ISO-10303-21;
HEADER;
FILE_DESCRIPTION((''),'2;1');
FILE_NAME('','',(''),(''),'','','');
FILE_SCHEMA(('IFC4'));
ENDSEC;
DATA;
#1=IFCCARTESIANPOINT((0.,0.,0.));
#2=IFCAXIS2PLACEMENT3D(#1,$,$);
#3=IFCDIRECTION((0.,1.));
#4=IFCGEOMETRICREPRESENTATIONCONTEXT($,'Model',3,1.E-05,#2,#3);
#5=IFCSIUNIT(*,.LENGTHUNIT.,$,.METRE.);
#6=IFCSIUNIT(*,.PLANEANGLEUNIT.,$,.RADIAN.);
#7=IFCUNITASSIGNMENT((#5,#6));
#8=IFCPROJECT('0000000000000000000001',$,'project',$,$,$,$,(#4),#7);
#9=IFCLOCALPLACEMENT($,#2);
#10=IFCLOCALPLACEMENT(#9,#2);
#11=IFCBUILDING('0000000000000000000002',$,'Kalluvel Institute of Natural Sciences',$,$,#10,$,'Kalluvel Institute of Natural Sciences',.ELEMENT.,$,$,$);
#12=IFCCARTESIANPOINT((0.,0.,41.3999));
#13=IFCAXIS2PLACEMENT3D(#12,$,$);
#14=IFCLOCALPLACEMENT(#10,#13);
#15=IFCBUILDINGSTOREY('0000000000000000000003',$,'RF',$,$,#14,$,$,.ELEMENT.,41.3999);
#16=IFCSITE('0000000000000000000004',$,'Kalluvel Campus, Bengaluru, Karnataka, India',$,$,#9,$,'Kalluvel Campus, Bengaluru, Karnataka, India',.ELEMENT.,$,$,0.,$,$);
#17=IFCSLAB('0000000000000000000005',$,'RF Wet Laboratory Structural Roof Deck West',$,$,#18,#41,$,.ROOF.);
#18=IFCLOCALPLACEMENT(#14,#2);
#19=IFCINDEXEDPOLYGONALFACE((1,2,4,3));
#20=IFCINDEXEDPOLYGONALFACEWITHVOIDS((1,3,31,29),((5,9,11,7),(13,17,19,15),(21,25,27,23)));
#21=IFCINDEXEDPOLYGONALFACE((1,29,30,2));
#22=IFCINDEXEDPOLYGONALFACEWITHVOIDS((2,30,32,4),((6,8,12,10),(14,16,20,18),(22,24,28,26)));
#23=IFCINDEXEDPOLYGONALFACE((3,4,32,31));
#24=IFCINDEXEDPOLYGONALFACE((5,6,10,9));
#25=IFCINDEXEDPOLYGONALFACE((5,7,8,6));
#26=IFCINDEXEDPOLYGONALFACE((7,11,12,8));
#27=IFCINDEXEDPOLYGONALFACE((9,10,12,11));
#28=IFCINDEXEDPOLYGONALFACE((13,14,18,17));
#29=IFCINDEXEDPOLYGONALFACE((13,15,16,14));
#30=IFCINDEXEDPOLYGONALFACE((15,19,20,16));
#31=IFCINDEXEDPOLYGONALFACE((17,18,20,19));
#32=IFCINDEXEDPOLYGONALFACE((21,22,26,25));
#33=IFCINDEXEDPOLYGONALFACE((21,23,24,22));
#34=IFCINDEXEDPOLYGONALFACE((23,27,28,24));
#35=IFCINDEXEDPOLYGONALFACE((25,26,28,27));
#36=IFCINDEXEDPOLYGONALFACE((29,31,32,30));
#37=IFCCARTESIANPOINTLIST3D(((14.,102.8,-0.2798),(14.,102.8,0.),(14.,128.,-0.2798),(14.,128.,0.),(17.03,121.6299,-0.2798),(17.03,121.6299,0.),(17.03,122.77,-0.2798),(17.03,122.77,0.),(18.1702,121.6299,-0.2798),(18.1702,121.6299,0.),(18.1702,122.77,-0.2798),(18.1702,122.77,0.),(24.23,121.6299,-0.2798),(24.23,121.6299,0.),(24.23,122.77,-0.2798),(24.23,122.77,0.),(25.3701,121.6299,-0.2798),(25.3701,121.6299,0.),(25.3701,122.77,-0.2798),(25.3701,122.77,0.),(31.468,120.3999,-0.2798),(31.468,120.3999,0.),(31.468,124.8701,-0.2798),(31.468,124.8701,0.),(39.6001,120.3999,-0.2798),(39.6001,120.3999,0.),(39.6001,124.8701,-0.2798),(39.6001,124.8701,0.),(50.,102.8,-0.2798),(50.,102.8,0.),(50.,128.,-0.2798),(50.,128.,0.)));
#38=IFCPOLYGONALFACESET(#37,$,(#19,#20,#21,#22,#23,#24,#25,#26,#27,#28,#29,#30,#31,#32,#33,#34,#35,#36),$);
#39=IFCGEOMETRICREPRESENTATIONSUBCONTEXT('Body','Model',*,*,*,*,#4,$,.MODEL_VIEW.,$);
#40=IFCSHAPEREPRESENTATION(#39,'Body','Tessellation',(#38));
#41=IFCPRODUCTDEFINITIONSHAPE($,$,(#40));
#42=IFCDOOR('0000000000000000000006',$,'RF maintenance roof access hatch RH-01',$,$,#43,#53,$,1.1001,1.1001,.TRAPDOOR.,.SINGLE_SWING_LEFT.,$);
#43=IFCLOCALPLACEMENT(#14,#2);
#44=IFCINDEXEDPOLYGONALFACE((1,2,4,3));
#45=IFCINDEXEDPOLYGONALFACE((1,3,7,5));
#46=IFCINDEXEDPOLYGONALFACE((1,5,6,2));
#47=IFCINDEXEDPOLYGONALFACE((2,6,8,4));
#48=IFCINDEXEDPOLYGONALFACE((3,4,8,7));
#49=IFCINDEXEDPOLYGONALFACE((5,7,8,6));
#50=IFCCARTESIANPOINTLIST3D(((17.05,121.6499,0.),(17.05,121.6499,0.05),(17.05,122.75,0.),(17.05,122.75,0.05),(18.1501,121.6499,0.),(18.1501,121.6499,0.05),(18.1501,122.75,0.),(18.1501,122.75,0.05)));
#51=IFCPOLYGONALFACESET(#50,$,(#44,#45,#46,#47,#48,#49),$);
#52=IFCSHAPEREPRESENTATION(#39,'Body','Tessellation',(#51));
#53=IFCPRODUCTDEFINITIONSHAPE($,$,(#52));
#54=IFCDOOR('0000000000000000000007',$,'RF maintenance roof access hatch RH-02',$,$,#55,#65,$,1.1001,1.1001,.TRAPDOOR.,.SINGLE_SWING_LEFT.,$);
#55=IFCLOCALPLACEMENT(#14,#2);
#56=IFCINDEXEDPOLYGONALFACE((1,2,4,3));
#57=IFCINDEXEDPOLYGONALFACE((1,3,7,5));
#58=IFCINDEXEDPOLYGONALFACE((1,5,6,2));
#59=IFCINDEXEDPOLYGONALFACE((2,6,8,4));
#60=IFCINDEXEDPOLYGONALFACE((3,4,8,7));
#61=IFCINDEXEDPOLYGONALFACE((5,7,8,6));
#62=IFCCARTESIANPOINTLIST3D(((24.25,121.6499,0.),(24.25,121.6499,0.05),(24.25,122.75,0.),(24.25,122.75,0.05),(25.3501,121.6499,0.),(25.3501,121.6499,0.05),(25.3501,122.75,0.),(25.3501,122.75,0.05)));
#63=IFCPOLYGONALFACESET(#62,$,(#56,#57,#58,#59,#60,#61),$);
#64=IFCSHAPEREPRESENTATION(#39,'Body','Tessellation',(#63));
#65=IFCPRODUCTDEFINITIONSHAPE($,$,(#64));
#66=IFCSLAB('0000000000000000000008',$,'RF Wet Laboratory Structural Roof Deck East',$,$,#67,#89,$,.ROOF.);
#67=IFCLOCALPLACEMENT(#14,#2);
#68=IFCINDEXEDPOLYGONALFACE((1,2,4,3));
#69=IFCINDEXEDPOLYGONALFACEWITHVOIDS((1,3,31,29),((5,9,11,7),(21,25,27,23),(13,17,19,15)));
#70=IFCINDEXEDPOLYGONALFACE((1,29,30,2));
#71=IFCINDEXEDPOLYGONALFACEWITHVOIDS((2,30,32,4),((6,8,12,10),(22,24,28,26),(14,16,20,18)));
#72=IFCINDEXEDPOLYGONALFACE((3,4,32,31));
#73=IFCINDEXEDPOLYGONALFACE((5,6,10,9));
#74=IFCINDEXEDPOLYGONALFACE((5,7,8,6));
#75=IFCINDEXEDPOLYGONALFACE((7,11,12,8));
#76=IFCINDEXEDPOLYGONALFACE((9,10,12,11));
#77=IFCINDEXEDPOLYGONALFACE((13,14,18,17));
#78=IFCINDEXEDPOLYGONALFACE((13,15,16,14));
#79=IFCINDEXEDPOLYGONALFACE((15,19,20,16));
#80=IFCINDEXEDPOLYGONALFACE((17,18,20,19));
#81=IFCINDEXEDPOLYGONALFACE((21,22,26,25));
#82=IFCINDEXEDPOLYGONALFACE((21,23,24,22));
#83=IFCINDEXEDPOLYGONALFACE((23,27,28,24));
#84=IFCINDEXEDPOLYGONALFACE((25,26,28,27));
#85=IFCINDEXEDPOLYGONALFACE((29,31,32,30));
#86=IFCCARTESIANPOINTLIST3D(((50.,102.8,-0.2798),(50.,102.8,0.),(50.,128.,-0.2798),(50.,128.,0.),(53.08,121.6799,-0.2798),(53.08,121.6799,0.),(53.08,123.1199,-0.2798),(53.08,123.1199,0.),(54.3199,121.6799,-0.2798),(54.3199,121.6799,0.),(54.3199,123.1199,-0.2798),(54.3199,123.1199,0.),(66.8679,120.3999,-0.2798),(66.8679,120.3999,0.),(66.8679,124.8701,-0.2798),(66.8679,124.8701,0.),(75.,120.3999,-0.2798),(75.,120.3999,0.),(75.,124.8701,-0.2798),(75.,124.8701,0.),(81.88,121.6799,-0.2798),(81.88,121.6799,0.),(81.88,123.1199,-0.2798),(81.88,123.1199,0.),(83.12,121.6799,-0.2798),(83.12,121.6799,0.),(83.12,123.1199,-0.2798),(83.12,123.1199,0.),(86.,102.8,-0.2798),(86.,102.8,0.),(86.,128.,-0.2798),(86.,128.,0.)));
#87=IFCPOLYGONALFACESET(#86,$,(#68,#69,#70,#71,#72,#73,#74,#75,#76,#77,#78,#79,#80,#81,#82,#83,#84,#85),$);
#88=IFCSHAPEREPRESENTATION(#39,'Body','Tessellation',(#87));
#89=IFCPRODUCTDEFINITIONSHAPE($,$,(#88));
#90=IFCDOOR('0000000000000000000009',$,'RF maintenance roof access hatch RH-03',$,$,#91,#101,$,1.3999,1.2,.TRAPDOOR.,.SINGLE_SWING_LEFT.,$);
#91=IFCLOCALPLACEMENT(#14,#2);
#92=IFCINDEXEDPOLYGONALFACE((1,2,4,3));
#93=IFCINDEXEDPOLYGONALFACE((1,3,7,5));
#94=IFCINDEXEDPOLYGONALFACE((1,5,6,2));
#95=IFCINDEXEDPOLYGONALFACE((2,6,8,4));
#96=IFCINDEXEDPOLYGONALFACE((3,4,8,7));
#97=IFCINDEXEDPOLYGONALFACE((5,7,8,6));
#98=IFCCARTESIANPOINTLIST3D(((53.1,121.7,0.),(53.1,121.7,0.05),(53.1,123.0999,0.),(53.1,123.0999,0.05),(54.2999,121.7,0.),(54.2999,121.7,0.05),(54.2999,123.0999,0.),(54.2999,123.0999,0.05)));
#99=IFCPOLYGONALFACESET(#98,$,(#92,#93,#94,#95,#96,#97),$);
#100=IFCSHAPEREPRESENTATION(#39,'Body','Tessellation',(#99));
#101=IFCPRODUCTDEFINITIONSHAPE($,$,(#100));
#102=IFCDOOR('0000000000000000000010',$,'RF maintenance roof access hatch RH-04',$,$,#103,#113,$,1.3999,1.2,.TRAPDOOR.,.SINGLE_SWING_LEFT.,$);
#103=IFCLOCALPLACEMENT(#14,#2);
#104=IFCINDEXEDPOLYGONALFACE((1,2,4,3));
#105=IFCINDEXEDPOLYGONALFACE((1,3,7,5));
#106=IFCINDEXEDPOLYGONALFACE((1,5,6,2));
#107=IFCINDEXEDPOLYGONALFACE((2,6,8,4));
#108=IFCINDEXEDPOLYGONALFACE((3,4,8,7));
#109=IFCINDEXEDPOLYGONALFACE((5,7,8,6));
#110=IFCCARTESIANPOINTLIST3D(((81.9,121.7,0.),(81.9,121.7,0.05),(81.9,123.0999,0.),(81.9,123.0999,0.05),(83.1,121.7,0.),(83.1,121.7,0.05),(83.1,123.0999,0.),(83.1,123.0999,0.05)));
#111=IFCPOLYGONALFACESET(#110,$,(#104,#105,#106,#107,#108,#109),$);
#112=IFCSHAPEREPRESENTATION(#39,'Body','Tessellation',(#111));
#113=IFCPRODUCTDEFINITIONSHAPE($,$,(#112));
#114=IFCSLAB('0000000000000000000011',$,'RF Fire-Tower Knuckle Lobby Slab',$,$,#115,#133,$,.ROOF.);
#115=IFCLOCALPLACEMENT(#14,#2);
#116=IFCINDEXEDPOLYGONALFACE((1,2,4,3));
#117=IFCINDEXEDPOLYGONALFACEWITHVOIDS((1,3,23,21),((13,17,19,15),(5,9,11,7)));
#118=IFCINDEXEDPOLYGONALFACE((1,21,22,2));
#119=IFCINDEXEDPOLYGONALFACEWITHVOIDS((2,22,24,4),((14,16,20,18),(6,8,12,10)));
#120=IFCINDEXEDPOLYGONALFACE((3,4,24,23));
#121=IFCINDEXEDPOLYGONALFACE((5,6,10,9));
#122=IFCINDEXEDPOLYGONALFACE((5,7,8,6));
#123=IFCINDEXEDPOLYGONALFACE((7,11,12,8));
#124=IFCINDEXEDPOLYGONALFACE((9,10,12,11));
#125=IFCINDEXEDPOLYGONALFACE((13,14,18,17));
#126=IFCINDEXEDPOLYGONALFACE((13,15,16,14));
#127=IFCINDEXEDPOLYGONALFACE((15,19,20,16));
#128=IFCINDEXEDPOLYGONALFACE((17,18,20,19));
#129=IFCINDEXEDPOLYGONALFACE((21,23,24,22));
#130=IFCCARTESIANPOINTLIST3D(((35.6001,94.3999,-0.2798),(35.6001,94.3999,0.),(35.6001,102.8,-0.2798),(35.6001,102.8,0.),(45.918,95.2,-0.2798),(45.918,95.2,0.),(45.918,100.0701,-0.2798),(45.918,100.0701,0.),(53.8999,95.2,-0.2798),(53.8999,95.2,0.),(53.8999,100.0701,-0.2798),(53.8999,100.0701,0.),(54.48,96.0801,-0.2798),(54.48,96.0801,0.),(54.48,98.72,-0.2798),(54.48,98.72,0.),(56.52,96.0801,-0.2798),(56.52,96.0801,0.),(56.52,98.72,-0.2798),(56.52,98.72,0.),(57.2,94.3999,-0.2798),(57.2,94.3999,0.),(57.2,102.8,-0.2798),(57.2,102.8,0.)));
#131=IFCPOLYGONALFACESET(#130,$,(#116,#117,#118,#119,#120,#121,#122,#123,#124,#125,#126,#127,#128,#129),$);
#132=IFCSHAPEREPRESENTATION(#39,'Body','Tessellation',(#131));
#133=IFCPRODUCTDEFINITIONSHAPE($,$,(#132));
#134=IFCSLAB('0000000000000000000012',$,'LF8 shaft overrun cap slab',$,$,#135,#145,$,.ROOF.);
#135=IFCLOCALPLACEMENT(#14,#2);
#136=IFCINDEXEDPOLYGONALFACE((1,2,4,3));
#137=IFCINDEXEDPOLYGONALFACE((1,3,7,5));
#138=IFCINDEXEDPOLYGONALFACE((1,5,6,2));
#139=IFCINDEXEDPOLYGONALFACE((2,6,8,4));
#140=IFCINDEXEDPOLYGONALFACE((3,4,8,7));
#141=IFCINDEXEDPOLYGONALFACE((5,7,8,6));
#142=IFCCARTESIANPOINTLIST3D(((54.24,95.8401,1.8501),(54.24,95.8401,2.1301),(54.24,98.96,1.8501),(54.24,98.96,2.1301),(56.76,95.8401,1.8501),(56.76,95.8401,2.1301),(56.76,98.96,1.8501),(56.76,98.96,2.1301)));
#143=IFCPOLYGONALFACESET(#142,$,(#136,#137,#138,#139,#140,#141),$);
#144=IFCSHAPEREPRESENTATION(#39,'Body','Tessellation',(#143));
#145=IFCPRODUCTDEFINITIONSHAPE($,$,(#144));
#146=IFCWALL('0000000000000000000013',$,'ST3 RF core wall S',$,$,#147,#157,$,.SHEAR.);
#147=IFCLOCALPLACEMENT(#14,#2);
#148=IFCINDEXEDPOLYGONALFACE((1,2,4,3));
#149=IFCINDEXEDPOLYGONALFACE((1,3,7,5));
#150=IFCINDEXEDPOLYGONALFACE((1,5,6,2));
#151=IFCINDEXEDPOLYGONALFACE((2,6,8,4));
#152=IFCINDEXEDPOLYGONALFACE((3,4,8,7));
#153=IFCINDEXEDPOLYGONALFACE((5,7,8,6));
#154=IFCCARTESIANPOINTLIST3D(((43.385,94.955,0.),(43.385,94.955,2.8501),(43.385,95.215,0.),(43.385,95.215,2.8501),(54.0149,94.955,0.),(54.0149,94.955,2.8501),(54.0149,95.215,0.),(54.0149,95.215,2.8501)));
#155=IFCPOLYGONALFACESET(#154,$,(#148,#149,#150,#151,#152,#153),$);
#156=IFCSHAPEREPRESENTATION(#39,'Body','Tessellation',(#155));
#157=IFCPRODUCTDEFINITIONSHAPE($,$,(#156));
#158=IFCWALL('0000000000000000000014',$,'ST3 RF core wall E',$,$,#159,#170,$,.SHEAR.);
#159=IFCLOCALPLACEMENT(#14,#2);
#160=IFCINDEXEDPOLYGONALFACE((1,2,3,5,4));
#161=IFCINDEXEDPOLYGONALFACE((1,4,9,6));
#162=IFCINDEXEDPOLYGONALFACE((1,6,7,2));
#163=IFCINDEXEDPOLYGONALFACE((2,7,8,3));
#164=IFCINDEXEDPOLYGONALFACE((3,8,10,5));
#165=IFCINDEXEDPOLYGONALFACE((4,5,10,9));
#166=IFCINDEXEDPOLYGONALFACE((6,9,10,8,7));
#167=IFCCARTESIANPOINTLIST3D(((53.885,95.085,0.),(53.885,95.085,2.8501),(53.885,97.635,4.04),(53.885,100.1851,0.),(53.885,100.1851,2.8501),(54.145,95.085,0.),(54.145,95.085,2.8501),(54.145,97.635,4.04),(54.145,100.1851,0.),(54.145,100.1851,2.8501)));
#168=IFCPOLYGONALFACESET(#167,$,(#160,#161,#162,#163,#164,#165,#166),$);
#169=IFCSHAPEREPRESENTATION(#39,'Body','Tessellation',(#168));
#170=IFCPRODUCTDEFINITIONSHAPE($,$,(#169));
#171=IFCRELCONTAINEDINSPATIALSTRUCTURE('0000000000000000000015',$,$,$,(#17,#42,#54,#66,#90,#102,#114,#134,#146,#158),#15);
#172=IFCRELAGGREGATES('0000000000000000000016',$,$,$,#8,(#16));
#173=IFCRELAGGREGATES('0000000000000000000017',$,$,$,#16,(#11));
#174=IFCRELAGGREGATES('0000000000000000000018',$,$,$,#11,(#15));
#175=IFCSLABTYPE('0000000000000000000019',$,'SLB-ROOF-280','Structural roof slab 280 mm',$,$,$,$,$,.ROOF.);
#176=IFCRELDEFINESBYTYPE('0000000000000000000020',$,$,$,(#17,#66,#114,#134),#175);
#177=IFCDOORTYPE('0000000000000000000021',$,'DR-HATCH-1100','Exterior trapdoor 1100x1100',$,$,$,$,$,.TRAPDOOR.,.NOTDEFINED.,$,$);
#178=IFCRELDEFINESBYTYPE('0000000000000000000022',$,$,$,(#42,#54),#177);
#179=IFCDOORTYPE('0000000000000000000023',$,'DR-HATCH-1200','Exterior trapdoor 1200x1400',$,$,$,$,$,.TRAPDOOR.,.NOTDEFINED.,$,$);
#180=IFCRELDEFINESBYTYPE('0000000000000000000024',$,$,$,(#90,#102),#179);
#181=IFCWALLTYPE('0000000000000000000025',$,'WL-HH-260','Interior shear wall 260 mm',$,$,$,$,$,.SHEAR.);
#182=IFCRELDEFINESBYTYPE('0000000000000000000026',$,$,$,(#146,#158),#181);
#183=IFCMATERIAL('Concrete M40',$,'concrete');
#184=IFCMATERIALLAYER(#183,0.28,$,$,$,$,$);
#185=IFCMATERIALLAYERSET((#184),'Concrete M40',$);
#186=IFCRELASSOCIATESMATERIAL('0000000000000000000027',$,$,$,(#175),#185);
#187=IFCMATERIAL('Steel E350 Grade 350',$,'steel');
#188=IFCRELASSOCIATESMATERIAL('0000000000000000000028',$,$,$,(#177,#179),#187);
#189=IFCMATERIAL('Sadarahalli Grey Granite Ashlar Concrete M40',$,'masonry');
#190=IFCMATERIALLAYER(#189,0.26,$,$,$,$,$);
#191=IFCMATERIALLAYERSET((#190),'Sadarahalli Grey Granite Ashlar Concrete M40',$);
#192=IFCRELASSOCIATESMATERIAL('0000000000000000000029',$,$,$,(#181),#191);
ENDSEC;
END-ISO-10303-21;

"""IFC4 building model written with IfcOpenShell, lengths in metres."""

from ifc_helpers import new_model, si_unit, direction, frame, frame_2d, origin, origin_2d, place, context, subcontext, project, spatial, polyline, rectangle, outline, extrude, material, layer, layer_set, type_object, element, fill, save


model = new_model("IFC4")

# Units and contexts
model_context = context("Model", 3, precision=1e-05, world=origin(), true_north=direction((0.0, 1.0)))
body_context = subcontext(model_context, "Body", "Model", "MODEL_VIEW")
ifc_project = project(units=[si_unit("LENGTHUNIT", "METRE"), si_unit("PLANEANGLEUNIT", "RADIAN")], contexts=[model_context])

# Site, building, storey
site_placement = place(None, origin())
site = spatial("IfcSite", under=ifc_project, at=site_placement, Name="Kalluvel Campus, Bengaluru, Karnataka, India", LongName="Kalluvel Campus, Bengaluru, Karnataka, India", CompositionType="ELEMENT", RefElevation=0.0)
building_placement = place(site_placement, origin())
building = spatial("IfcBuilding", under=site, at=building_placement, Name="Kalluvel Institute of Natural Sciences", LongName="Kalluvel Institute of Natural Sciences", CompositionType="ELEMENT")
storey_placement = place(building_placement, frame((0.0, 0.0, 41.3999)))
storey = spatial("IfcBuildingStorey", under=building, at=storey_placement, Name="RF", CompositionType="ELEMENT", Elevation=41.3999)

# Shared definitions
ifc_material_1 = material(Name="Steel E350 Grade 350", Category="steel")
ifc_material_2 = material(Name="Concrete M40", Category="concrete")

# Slabs, openings, doors
ifc_layer_1 = layer(ifc_material_2, 0.28)
ifc_layer_set_1 = layer_set([ifc_layer_1], Name="Concrete M40")
slab_type_1 = type_object("IfcSlabType", Name="SLB-ROOF-280", Description="Structural roof slab 280 mm", PredefinedType="ROOF", material=ifc_layer_set_1)
slab_1_placement = place(storey_placement, frame((0.0, 0.0, -0.2798)))
slab_1 = element("IfcSlab", 1, at=slab_1_placement, inside=storey, type_object=slab_type_1, Name="RF Wet Laboratory Structural Roof Deck West", PredefinedType="ROOF", context=body_context, shape_type="SweptSolid", body=[
    extrude(outline(polyline([(14.0, 102.8), (50.0, 102.8), (50.0, 128.0), (14.0, 128.0), (14.0, 102.8)]), holes=[polyline([(31.468, 120.3999), (31.468, 124.8701), (39.6001, 124.8701), (39.6001, 120.3999), (31.468, 120.3999)])]), origin(), (0.0, 0.0, 1.0), 0.2798),
])
opening_1_placement = place(slab_1_placement, frame((17.6001, 122.2, 0.0)))
opening_1 = element("IfcOpeningElement", 2, at=opening_1_placement, cuts=slab_1, PredefinedType="OPENING", context=body_context, shape_type="SweptSolid", body=[
    extrude(rectangle(XDim=1.1401, YDim=1.1401, at=origin_2d()), frame((0.0, 0.0, -0.05)), (0.0, 0.0, 1.0), 0.4299),
])
opening_2_placement = place(slab_1_placement, frame((24.8, 122.2, 0.0)))
opening_2 = element("IfcOpeningElement", 3, at=opening_2_placement, cuts=slab_1, PredefinedType="OPENING", context=body_context, shape_type="SweptSolid", body=[
    extrude(rectangle(XDim=1.1401, YDim=1.1401, at=origin_2d()), frame((0.0, 0.0, -0.05)), (0.0, 0.0, 1.0), 0.4299),
])
door_type_1 = type_object("IfcDoorType", Name="DR-HATCH-1100", Description="Exterior trapdoor 1100x1100", OperationType="NOTDEFINED", PredefinedType="TRAPDOOR", material=ifc_material_1)
door_1_placement = place(opening_1_placement, frame((0.0, 0.0, 0.2798)))
door_1 = element("IfcDoor", 4, at=door_1_placement, inside=storey, type_object=door_type_1, Name="RF maintenance roof access hatch RH-01", OperationType="SINGLE_SWING_LEFT", OverallHeight=1.1001, OverallWidth=1.1001, PredefinedType="TRAPDOOR", context=body_context, shape_type="SweptSolid", body=[
    extrude(rectangle(XDim=1.1001, YDim=1.1001, at=origin_2d()), origin(), (0.0, 0.0, 1.0), 0.05),
])
fill(opening_1, door_1)
door_2_placement = place(opening_2_placement, frame((0.0, 0.0, 0.2798)))
door_2 = element("IfcDoor", 5, at=door_2_placement, inside=storey, type_object=door_type_1, Name="RF maintenance roof access hatch RH-02", OperationType="SINGLE_SWING_LEFT", OverallHeight=1.1001, OverallWidth=1.1001, PredefinedType="TRAPDOOR", context=body_context, shape_type="SweptSolid", body=[
    extrude(rectangle(XDim=1.1001, YDim=1.1001, at=origin_2d()), origin(), (0.0, 0.0, 1.0), 0.05),
])
fill(opening_2, door_2)
slab_2_placement = place(storey_placement, frame((0.0, 0.0, -0.2798)))
slab_2 = element("IfcSlab", 6, at=slab_2_placement, inside=storey, type_object=slab_type_1, Name="RF Wet Laboratory Structural Roof Deck East", PredefinedType="ROOF", context=body_context, shape_type="SweptSolid", body=[
    extrude(outline(polyline([(50.0, 102.8), (86.0, 102.8), (86.0, 128.0), (50.0, 128.0), (50.0, 102.8)]), holes=[polyline([(66.8679, 120.3999), (66.8679, 124.8701), (75.0, 124.8701), (75.0, 120.3999), (66.8679, 120.3999)])]), origin(), (0.0, 0.0, 1.0), 0.2798),
])
opening_3_placement = place(slab_2_placement, frame((53.7, 122.3999, 0.0)))
opening_3 = element("IfcOpeningElement", 7, at=opening_3_placement, cuts=slab_2, PredefinedType="OPENING", context=body_context, shape_type="SweptSolid", body=[
    extrude(rectangle(XDim=1.24, YDim=1.4399, at=origin_2d()), frame((0.0, 0.0, -0.05)), (0.0, 0.0, 1.0), 0.4299),
])
opening_4_placement = place(slab_2_placement, frame((82.5, 122.3999, 0.0)))
opening_4 = element("IfcOpeningElement", 8, at=opening_4_placement, cuts=slab_2, PredefinedType="OPENING", context=body_context, shape_type="SweptSolid", body=[
    extrude(rectangle(XDim=1.24, YDim=1.4399, at=origin_2d()), frame((0.0, 0.0, -0.05)), (0.0, 0.0, 1.0), 0.4299),
])
door_type_2 = type_object("IfcDoorType", Name="DR-HATCH-1200", Description="Exterior trapdoor 1200x1400", OperationType="NOTDEFINED", PredefinedType="TRAPDOOR", material=ifc_material_1)
door_3_placement = place(opening_3_placement, frame((0.0, 0.0, 0.2798)))
door_3 = element("IfcDoor", 9, at=door_3_placement, inside=storey, type_object=door_type_2, Name="RF maintenance roof access hatch RH-03", OperationType="SINGLE_SWING_LEFT", OverallHeight=1.3999, OverallWidth=1.2, PredefinedType="TRAPDOOR", context=body_context, shape_type="SweptSolid", body=[
    extrude(rectangle(XDim=1.2, YDim=1.3999, at=origin_2d()), origin(), (0.0, 0.0, 1.0), 0.05),
])
fill(opening_3, door_3)
door_4_placement = place(opening_4_placement, frame((0.0, 0.0, 0.2798)))
door_4 = element("IfcDoor", 10, at=door_4_placement, inside=storey, type_object=door_type_2, Name="RF maintenance roof access hatch RH-04", OperationType="SINGLE_SWING_LEFT", OverallHeight=1.3999, OverallWidth=1.2, PredefinedType="TRAPDOOR", context=body_context, shape_type="SweptSolid", body=[
    extrude(rectangle(XDim=1.2, YDim=1.3999, at=origin_2d()), origin(), (0.0, 0.0, 1.0), 0.05),
])
fill(opening_4, door_4)

# Slabs
slab_3_placement = place(storey_placement, frame((0.0, 0.0, -0.2798)))
element("IfcSlab", 11, at=slab_3_placement, inside=storey, type_object=slab_type_1, Name="RF Fire-Tower Knuckle Lobby Slab", PredefinedType="ROOF", context=body_context, shape_type="SweptSolid", body=[
    extrude(outline(polyline([(35.6001, 94.3999), (57.2, 94.3999), (57.2, 102.8), (35.6001, 102.8), (35.6001, 94.3999)]), holes=[polyline([(54.48, 98.72), (56.52, 98.72), (56.52, 96.0801), (54.48, 96.0801), (54.48, 98.72)]), polyline([(45.918, 100.0701), (53.8999, 100.0701), (53.8999, 95.2), (45.918, 95.2), (45.918, 100.0701)])]), origin(), (0.0, 0.0, 1.0), 0.2798),
])
slab_4_placement = place(storey_placement, frame((0.0, 0.0, 1.8501)))
element("IfcSlab", 12, at=slab_4_placement, inside=storey, type_object=slab_type_1, Name="LF8 shaft overrun cap slab", PredefinedType="ROOF", context=body_context, shape_type="SweptSolid", body=[
    extrude(outline(polyline([(54.24, 95.8401), (56.76, 95.8401), (56.76, 98.96), (54.24, 98.96), (54.24, 95.8401)])), origin(), (0.0, 0.0, 1.0), 0.28),
])

# Walls
ifc_material_3 = material(Name="Sadarahalli Grey Granite Ashlar Concrete M40", Category="masonry")
ifc_layer_2 = layer(ifc_material_3, 0.26)
ifc_layer_set_2 = layer_set([ifc_layer_2], Name="Sadarahalli Grey Granite Ashlar Concrete M40")
wall_type_1 = type_object("IfcWallType", Name="WL-HH-260", Description="Interior shear wall 260 mm", PredefinedType="SHEAR", material=ifc_layer_set_2)
wall_1_placement = place(storey_placement, frame((43.385, 95.085, 0.0), z_axis=(0.0, 0.0, 1.0), x_axis=(1.0, 0.0, 0.0)))
element("IfcWall", 13, at=wall_1_placement, inside=storey, type_object=wall_type_1, Name="ST3 RF core wall S", PredefinedType="SHEAR", context=body_context, shape_type="SweptSolid", body=[
    extrude(rectangle(XDim=10.6299, YDim=0.26, at=frame_2d((5.3149, 0.0))), origin(), (0.0, 0.0, 1.0), 2.8501),
])
wall_2_placement = place(storey_placement, frame((54.0149, 95.085, 0.0), z_axis=(0.0, 0.0, 1.0), x_axis=(0.0, 1.0, 0.0)))
element("IfcWall", 14, at=wall_2_placement, inside=storey, type_object=wall_type_1, Name="ST3 RF core wall E", PredefinedType="SHEAR", context=body_context, shape_type="SweptSolid", body=[
    extrude(outline(polyline([(0.0, 0.0), (5.1001, 0.0), (5.1001, 2.8501), (2.55, 4.04), (0.0, 2.8501), (0.0, 0.0)])), frame((0.0, 0.1299, 0.0), z_axis=(0.0, -1.0, 0.0), x_axis=(1.0, 0.0, 0.0)), (0.0, 0.0, 1.0), 0.26),
])

save(model, "model.ifc")
